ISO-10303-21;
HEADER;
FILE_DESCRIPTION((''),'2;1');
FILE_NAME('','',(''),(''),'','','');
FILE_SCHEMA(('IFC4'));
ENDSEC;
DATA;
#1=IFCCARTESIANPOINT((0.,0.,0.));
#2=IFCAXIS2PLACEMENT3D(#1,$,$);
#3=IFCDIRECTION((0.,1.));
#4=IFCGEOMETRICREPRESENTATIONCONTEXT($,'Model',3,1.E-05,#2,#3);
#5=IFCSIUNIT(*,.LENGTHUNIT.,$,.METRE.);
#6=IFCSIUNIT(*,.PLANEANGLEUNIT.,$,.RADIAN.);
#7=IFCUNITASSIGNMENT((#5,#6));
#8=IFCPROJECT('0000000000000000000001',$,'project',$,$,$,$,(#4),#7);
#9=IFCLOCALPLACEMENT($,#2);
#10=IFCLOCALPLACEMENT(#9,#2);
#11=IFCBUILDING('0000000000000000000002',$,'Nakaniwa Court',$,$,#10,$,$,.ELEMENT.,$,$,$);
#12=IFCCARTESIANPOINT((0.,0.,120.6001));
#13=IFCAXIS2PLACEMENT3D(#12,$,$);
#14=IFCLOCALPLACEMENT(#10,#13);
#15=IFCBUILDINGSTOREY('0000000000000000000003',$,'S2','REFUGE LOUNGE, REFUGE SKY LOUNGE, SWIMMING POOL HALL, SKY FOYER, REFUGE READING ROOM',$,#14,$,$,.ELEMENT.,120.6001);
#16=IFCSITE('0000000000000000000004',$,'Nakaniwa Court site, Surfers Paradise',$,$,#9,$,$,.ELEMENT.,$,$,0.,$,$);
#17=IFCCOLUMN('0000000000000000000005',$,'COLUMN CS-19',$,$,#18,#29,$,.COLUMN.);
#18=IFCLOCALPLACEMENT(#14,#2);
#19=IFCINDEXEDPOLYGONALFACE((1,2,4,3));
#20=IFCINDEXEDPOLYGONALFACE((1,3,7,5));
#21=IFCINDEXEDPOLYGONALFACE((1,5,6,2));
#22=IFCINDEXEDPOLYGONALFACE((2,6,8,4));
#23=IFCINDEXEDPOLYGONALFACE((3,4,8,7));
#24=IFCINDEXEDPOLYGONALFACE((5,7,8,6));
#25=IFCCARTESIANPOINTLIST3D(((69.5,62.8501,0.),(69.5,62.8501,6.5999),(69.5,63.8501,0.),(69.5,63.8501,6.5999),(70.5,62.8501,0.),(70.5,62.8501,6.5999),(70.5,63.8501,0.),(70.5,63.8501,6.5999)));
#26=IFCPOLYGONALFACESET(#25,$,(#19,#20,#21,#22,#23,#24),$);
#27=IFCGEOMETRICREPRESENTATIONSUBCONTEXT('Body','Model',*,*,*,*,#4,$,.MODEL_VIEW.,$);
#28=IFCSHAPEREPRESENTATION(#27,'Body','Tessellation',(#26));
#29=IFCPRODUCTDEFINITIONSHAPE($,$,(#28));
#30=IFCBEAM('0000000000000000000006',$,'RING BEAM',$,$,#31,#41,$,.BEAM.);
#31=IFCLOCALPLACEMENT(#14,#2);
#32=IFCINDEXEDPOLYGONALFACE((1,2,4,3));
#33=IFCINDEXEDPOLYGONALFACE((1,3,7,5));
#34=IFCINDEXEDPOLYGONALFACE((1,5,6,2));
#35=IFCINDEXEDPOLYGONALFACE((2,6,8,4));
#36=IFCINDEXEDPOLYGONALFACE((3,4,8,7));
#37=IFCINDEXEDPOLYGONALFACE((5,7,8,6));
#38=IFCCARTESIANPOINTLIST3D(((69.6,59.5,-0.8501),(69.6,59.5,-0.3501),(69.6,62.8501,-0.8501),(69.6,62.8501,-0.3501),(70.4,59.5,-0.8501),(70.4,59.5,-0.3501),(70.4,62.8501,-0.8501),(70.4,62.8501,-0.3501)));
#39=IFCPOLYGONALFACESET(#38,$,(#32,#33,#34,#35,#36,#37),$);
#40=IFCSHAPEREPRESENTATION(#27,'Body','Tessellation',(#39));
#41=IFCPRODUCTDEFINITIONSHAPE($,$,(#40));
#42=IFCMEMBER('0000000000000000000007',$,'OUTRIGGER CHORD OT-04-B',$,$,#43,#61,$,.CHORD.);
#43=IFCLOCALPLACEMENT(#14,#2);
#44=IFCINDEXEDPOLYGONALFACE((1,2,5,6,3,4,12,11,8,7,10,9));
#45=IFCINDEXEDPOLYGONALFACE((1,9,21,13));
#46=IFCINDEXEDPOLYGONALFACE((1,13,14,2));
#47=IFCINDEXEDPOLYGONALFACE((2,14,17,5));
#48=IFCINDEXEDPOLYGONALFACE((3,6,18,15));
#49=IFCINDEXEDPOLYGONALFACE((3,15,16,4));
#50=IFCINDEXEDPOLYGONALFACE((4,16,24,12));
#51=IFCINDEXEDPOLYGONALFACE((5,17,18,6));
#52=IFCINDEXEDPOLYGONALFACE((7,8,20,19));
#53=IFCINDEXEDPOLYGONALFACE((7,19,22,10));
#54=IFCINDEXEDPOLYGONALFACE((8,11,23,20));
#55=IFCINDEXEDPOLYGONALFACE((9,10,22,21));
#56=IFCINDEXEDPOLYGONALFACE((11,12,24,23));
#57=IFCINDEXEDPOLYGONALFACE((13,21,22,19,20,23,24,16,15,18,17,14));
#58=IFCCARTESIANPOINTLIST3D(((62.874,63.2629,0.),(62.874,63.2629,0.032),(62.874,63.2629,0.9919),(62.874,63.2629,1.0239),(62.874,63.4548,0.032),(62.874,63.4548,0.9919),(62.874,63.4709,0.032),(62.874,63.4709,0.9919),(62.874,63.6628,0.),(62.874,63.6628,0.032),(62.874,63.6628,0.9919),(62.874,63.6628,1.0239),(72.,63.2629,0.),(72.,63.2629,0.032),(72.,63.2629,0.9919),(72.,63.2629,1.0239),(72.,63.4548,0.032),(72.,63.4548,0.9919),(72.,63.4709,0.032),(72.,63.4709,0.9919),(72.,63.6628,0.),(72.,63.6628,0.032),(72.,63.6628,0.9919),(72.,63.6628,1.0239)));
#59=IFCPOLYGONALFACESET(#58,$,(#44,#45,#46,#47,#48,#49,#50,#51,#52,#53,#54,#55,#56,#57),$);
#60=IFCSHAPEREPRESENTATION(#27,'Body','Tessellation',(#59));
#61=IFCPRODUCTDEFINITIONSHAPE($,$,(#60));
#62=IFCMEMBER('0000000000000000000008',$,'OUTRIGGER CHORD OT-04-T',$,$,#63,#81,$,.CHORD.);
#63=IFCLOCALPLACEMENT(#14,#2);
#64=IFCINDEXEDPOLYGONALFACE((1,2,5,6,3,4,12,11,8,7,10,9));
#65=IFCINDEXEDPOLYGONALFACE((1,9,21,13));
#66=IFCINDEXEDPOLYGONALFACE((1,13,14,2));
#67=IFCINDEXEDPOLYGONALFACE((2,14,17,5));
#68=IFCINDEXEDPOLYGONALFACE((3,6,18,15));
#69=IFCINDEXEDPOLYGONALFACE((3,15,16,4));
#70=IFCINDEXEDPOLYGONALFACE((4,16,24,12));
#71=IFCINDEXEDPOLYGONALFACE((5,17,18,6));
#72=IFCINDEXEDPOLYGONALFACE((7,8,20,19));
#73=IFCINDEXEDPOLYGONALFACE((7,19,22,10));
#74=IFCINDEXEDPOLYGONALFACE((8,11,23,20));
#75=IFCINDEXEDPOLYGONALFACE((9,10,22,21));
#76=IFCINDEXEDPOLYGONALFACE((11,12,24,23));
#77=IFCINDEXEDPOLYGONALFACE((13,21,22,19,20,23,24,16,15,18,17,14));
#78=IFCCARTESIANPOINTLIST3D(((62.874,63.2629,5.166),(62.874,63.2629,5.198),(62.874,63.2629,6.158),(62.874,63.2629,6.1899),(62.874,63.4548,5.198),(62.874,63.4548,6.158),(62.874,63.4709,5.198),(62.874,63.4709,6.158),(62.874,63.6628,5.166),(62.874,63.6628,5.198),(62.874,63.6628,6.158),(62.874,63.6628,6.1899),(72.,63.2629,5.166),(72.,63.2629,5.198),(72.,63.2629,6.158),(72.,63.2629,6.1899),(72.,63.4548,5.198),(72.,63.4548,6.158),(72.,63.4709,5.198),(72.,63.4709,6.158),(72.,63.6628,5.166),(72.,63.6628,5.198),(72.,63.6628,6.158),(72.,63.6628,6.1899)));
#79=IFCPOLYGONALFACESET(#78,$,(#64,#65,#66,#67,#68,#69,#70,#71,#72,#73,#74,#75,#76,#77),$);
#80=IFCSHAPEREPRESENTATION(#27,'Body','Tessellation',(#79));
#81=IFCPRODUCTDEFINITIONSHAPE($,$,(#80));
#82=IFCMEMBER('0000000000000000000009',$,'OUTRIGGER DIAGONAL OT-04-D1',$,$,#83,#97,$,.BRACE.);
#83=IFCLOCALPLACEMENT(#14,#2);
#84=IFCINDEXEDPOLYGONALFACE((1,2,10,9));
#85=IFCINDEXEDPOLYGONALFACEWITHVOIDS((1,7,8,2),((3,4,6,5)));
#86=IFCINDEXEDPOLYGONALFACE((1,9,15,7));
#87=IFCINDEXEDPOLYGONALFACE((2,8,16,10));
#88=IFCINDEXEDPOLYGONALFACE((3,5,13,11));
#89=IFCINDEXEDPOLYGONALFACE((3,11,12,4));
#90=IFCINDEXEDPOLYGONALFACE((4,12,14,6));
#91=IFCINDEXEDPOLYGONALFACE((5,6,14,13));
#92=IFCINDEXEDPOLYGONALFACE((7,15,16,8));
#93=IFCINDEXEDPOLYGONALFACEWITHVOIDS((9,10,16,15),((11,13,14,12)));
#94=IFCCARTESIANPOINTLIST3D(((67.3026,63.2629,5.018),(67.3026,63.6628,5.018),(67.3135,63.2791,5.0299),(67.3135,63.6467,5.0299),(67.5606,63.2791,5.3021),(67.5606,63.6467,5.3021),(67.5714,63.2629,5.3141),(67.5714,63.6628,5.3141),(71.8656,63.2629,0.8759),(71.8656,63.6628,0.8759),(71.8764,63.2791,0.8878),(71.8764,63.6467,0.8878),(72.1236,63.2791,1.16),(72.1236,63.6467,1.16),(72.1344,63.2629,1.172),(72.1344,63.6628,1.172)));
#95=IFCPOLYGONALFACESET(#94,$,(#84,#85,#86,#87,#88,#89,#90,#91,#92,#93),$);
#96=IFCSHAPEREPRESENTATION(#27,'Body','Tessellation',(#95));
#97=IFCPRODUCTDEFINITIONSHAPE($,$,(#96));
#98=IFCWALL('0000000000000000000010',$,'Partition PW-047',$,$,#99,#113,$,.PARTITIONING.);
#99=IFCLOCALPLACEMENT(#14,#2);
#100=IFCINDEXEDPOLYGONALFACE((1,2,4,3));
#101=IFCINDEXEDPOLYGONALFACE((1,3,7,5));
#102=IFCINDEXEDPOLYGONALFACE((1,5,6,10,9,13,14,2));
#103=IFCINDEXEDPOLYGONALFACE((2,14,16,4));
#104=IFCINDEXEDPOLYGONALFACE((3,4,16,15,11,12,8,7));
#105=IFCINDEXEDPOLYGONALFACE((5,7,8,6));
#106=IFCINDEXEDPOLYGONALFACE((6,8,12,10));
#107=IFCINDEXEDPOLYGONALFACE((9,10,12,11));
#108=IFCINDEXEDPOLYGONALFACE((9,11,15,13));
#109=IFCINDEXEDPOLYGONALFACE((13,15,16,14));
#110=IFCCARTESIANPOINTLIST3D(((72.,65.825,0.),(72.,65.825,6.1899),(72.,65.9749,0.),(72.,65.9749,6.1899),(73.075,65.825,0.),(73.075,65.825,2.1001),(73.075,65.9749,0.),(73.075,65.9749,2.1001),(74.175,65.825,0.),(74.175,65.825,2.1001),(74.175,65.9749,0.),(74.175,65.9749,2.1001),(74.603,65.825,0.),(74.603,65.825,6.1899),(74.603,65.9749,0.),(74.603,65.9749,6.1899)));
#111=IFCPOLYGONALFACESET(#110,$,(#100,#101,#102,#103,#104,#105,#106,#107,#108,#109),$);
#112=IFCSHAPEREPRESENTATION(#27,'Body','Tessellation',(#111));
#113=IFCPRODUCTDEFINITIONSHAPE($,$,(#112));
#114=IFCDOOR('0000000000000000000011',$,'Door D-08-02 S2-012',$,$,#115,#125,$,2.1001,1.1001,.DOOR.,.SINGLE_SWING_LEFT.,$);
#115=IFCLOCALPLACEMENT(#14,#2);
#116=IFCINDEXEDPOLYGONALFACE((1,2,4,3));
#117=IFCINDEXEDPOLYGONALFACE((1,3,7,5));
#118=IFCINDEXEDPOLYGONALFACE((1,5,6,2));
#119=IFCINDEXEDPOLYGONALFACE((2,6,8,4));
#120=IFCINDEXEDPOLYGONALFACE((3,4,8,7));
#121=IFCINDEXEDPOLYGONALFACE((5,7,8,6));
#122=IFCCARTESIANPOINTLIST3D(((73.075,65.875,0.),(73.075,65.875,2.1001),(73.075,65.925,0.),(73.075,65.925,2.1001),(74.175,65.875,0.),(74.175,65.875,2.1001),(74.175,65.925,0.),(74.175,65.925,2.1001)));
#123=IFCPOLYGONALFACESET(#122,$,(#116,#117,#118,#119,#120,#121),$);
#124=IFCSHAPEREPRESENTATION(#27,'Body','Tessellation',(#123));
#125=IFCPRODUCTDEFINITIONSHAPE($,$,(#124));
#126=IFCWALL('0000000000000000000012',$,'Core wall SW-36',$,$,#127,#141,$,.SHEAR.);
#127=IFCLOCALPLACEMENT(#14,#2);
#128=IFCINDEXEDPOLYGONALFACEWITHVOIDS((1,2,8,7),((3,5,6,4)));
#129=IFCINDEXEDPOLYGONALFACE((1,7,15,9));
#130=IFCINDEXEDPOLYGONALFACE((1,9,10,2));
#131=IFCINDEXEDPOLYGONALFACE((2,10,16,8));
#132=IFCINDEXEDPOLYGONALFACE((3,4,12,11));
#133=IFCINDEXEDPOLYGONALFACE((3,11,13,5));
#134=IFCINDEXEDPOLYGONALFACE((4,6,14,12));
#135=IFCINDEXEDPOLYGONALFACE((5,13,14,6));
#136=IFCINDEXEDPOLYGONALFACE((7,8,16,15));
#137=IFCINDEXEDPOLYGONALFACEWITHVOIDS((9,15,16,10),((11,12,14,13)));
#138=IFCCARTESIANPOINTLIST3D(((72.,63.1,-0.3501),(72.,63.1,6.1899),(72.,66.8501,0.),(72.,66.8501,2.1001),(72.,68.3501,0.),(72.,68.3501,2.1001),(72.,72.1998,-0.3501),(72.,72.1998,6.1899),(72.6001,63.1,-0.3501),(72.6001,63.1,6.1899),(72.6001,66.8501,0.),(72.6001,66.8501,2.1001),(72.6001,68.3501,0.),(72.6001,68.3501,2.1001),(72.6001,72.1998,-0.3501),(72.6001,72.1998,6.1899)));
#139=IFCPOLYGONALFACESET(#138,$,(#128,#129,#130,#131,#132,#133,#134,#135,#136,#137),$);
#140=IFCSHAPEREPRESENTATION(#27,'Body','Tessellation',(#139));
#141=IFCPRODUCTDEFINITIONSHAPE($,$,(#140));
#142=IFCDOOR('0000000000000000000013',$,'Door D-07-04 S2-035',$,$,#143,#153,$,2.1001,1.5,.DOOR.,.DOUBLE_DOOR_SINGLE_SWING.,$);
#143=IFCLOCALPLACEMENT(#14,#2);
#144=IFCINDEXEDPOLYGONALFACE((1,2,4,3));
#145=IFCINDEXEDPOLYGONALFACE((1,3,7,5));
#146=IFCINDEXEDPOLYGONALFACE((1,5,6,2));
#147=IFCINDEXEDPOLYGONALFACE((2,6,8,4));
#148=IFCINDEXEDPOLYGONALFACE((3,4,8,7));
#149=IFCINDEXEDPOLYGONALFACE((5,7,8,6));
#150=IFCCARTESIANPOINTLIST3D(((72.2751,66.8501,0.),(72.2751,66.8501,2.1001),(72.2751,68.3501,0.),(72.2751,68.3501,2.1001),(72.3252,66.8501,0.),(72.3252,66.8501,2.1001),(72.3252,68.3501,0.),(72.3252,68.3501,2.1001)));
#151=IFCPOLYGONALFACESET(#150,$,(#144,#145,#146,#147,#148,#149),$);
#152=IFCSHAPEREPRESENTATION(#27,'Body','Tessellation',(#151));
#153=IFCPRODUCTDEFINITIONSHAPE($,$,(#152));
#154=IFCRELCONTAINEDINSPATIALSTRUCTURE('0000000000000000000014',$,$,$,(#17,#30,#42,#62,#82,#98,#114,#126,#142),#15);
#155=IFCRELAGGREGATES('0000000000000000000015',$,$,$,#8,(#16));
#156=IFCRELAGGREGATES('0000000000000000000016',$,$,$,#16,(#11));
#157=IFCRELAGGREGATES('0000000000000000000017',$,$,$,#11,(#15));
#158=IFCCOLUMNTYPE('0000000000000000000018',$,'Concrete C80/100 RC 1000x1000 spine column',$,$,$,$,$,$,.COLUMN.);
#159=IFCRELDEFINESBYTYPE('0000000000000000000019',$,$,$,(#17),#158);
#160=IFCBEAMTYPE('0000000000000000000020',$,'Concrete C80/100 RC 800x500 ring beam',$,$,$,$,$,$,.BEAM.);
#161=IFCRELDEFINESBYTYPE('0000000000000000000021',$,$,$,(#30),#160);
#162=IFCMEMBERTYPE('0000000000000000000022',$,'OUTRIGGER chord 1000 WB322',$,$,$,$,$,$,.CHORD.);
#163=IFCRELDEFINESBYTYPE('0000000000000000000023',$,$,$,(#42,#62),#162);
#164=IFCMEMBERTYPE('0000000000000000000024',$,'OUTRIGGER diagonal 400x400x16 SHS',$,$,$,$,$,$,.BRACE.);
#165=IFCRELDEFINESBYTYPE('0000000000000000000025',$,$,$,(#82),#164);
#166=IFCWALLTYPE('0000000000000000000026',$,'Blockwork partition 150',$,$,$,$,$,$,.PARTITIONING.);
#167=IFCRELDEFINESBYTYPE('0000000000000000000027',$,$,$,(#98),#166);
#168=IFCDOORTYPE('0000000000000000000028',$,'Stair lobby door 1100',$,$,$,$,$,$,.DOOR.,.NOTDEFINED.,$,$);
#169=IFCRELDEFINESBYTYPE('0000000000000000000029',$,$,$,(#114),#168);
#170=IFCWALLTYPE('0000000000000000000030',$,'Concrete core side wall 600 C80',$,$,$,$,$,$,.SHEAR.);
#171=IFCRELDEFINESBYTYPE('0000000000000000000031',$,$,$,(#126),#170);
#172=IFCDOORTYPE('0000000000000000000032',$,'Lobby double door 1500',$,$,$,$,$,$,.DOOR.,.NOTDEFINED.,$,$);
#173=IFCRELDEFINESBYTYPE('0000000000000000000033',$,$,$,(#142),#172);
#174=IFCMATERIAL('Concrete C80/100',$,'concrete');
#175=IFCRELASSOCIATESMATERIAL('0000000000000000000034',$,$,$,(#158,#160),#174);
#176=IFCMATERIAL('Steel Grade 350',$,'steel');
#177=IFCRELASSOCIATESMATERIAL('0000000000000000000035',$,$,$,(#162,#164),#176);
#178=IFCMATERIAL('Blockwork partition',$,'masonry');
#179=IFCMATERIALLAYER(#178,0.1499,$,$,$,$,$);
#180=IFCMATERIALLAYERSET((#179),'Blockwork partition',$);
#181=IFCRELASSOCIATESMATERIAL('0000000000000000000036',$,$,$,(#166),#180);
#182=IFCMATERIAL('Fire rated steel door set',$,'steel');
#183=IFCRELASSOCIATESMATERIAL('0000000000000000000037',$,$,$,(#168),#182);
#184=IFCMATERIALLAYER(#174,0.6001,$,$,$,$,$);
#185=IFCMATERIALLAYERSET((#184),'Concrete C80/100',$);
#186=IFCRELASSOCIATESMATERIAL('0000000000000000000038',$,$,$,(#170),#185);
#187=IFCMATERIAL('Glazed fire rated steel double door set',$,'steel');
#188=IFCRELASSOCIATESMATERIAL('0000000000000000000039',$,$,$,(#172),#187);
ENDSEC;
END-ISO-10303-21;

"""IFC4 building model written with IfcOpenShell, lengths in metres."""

from ifc_helpers import new_model, si_unit, direction, frame, frame_2d, origin, origin_2d, place, context, subcontext, project, spatial, rectangle, hollow_rectangle, i_section, extrude, material, layer, layer_set, material_profile, profile_set, type_object, element, fill, save


model = new_model("IFC4")

# Units and contexts
model_context = context("Model", 3, precision=1e-05, world=origin(), true_north=direction((0.0, 1.0)))
body_context = subcontext(model_context, "Body", "Model", "MODEL_VIEW")
ifc_project = project(units=[si_unit("LENGTHUNIT", "METRE"), si_unit("PLANEANGLEUNIT", "RADIAN")], contexts=[model_context])

# Site, building, storey
site_placement = place(None, origin())
site = spatial("IfcSite", under=ifc_project, at=site_placement, Name="Nakaniwa Court site, Surfers Paradise", CompositionType="ELEMENT", RefElevation=0.0)
building_placement = place(site_placement, origin())
building = spatial("IfcBuilding", under=site, at=building_placement, Name="Nakaniwa Court", CompositionType="ELEMENT")
storey_placement = place(building_placement, frame((0.0, 0.0, 120.6001)))
storey = spatial("IfcBuildingStorey", under=building, at=storey_placement, Name="S2", Description="REFUGE LOUNGE, REFUGE SKY LOUNGE, SWIMMING POOL HALL, SKY FOYER, REFUGE READING ROOM", CompositionType="ELEMENT", Elevation=120.6001)

# Column
ifc_material_1 = material(Name="Concrete C80/100", Category="concrete")
ifc_material_profile_1 = material_profile(ifc_material_1, rectangle(XDim=1.0, YDim=1.0, at=origin_2d()), Name="Concrete C80/100 RC 1000x1000 spine column")
ifc_profile_set_1 = profile_set([ifc_material_profile_1], Name="Concrete C80/100")
column_type = type_object("IfcColumnType", Name="Concrete C80/100 RC 1000x1000 spine column", PredefinedType="COLUMN", material=ifc_profile_set_1)
column_placement = place(storey_placement, frame((70.0, 63.3501, 0.0), z_axis=(0.0, 0.0, 1.0), x_axis=(0.0, -1.0, 0.0)))
element("IfcColumn", 1, at=column_placement, inside=storey, type_object=column_type, Name="COLUMN CS-19", PredefinedType="COLUMN", context=body_context, shape_type="SweptSolid", body=[
    extrude(rectangle(XDim=1.0, YDim=1.0, at=origin_2d()), origin(), (0.0, 0.0, 1.0), 6.5999),
])

# Beam
ifc_material_profile_2 = material_profile(ifc_material_1, rectangle(XDim=0.8, YDim=0.5, at=origin_2d()), Name="Concrete C80/100 RC 800x500 ring beam")
ifc_profile_set_2 = profile_set([ifc_material_profile_2], Name="Concrete C80/100")
beam_type = type_object("IfcBeamType", Name="Concrete C80/100 RC 800x500 ring beam", PredefinedType="BEAM", material=ifc_profile_set_2)
beam_placement = place(storey_placement, frame((70.0, 62.8501, -0.6001), z_axis=(0.0, -1.0, 0.0), x_axis=(1.0, 0.0, 0.0)))
element("IfcBeam", 2, at=beam_placement, inside=storey, type_object=beam_type, Name="RING BEAM", PredefinedType="BEAM", context=body_context, shape_type="SweptSolid", body=[
    extrude(rectangle(XDim=0.8, YDim=0.5, at=origin_2d()), origin(), (0.0, 0.0, 1.0), 3.3501),
])

# Members
ifc_material_2 = material(Name="Steel Grade 350", Category="steel")
ifc_material_profile_3 = material_profile(ifc_material_2, i_section(OverallWidth=0.3999, OverallDepth=1.0239, WebThickness=0.0161, FlangeThickness=0.032, at=origin_2d()), Name="1000WB322")
ifc_profile_set_3 = profile_set([ifc_material_profile_3], Name="Steel Grade 350")
member_type_1 = type_object("IfcMemberType", Name="OUTRIGGER chord 1000 WB322", PredefinedType="CHORD", material=ifc_profile_set_3)
for number, where, z_axis, x_axis, name in (
    (3, (72.0, 63.4629, 0.512), (-1.0, 0.0, 0.0), (0.0, -1.0, 0.0), "OUTRIGGER CHORD OT-04-B"),
    (4, (72.0, 63.4629, 5.678), (-1.0, 0.0, 0.0), (0.0, -1.0, 0.0), "OUTRIGGER CHORD OT-04-T"),
):
    element("IfcMember", number, at=place(storey_placement, frame(where, z_axis=z_axis, x_axis=x_axis)), inside=storey, type_object=member_type_1, Name=name, PredefinedType="CHORD", context=body_context, shape_type="SweptSolid", body=[
        extrude(i_section(OverallWidth=0.3999, OverallDepth=1.0239, WebThickness=0.0161, FlangeThickness=0.032, at=origin_2d()), origin(), (0.0, 0.0, 1.0), 9.126),
    ])
ifc_material_profile_4 = material_profile(ifc_material_2, hollow_rectangle(XDim=0.3999, YDim=0.3999, WallThickness=0.0161, at=origin_2d()), Name="OUTRIGGER diagonal 400x400x16 SHS")
ifc_profile_set_4 = profile_set([ifc_material_profile_4], Name="Steel Grade 350")
member_type_2 = type_object("IfcMemberType", Name="OUTRIGGER diagonal 400x400x16 SHS", PredefinedType="BRACE", material=ifc_profile_set_4)
member_placement = place(storey_placement, frame((72.0, 63.4629, 1.0239), z_axis=(-0.740431, 0.0, 0.672132), x_axis=(0.0, -1.0, 0.0)))
element("IfcMember", 5, at=member_placement, inside=storey, type_object=member_type_2, Name="OUTRIGGER DIAGONAL OT-04-D1", PredefinedType="BRACE", context=body_context, shape_type="SweptSolid", body=[
    extrude(hollow_rectangle(XDim=0.3999, YDim=0.3999, WallThickness=0.0161, at=origin_2d()), origin(), (0.0, 0.0, 1.0), 6.1626),
])

# Walls, openings, doors
ifc_material_3 = material(Name="Blockwork partition", Category="masonry")
ifc_layer_1 = layer(ifc_material_3, 0.1499)
ifc_layer_set_1 = layer_set([ifc_layer_1], Name="Blockwork partition")
wall_type_1 = type_object("IfcWallType", Name="Blockwork partition 150", PredefinedType="PARTITIONING", material=ifc_layer_set_1)
wall_1_placement = place(storey_placement, frame((74.603, 65.8999, 0.0), z_axis=(0.0, 0.0, 1.0), x_axis=(-1.0, 0.0, 0.0)))
wall_1 = element("IfcWall", 6, at=wall_1_placement, inside=storey, type_object=wall_type_1, Name="Partition PW-047", PredefinedType="PARTITIONING", context=body_context, shape_type="SweptSolid", body=[
    extrude(rectangle(XDim=2.603, YDim=0.1499, at=frame_2d((1.3015, 0.0))), origin(), (0.0, 0.0, 1.0), 6.1899),
])
opening_1_placement = place(wall_1_placement, frame((0.428, 0.0, 0.0)))
opening_1 = element("IfcOpeningElement", 7, at=opening_1_placement, cuts=wall_1, PredefinedType="OPENING", context=body_context, shape_type="SweptSolid", body=[
    extrude(rectangle(XDim=1.1001, YDim=2.1001, at=frame_2d((0.55, 1.05))), frame((0.0, 0.085, 0.0), z_axis=(0.0, -1.0, 0.0), x_axis=(1.0, 0.0, 0.0)), (0.0, 0.0, 1.0), 0.1699),
])
ifc_material_4 = material(Name="Fire rated steel door set", Category="steel")
door_type_1 = type_object("IfcDoorType", Name="Stair lobby door 1100", OperationType="NOTDEFINED", PredefinedType="DOOR", material=ifc_material_4)
door_1_placement = place(opening_1_placement, origin())
door_1 = element("IfcDoor", 8, at=door_1_placement, inside=storey, type_object=door_type_1, Name="Door D-08-02 S2-012", OperationType="SINGLE_SWING_LEFT", OverallHeight=2.1001, OverallWidth=1.1001, PredefinedType="DOOR", context=body_context, shape_type="SweptSolid", body=[
    extrude(rectangle(XDim=1.1001, YDim=2.1001, at=frame_2d((0.55, 1.05))), frame((0.0, 0.0249, 0.0), z_axis=(0.0, -1.0, 0.0), x_axis=(1.0, 0.0, 0.0)), (0.0, 0.0, 1.0), 0.05),
])
fill(opening_1, door_1)
ifc_layer_2 = layer(ifc_material_1, 0.6001)
ifc_layer_set_2 = layer_set([ifc_layer_2], Name="Concrete C80/100")
wall_type_2 = type_object("IfcWallType", Name="Concrete core side wall 600 C80", PredefinedType="SHEAR", material=ifc_layer_set_2)
wall_2_placement = place(storey_placement, frame((72.3, 63.1001, -0.3501), z_axis=(0.0, 0.0, 1.0), x_axis=(0.0, 1.0, 0.0)))
wall_2 = element("IfcWall", 9, at=wall_2_placement, inside=storey, type_object=wall_type_2, Name="Core wall SW-36", PredefinedType="SHEAR", context=body_context, shape_type="SweptSolid", body=[
    extrude(rectangle(XDim=9.0999, YDim=0.6001, at=frame_2d((4.5498, 0.0))), origin(), (0.0, 0.0, 1.0), 6.54),
])
opening_2_placement = place(wall_2_placement, frame((3.75, 0.0, 0.3501)))
opening_2 = element("IfcOpeningElement", 10, at=opening_2_placement, cuts=wall_2, PredefinedType="OPENING", context=body_context, shape_type="SweptSolid", body=[
    extrude(rectangle(XDim=1.5, YDim=2.1001, at=frame_2d((0.75, 1.05))), frame((0.0, 0.3101, 0.0), z_axis=(0.0, -1.0, 0.0), x_axis=(1.0, 0.0, 0.0)), (0.0, 0.0, 1.0), 0.6201),
])
ifc_material_5 = material(Name="Glazed fire rated steel double door set", Category="steel")
door_type_2 = type_object("IfcDoorType", Name="Lobby double door 1500", OperationType="NOTDEFINED", PredefinedType="DOOR", material=ifc_material_5)
door_2_placement = place(opening_2_placement, origin())
door_2 = element("IfcDoor", 11, at=door_2_placement, inside=storey, type_object=door_type_2, Name="Door D-07-04 S2-035", OperationType="DOUBLE_DOOR_SINGLE_SWING", OverallHeight=2.1001, OverallWidth=1.5, PredefinedType="DOOR", context=body_context, shape_type="SweptSolid", body=[
    extrude(rectangle(XDim=1.5, YDim=2.1001, at=frame_2d((0.75, 1.05))), frame((0.0, 0.0249, 0.0), z_axis=(0.0, -1.0, 0.0), x_axis=(1.0, 0.0, 0.0)), (0.0, 0.0, 1.0), 0.05),
])
fill(opening_2, door_2)

save(model, "model.ifc")
